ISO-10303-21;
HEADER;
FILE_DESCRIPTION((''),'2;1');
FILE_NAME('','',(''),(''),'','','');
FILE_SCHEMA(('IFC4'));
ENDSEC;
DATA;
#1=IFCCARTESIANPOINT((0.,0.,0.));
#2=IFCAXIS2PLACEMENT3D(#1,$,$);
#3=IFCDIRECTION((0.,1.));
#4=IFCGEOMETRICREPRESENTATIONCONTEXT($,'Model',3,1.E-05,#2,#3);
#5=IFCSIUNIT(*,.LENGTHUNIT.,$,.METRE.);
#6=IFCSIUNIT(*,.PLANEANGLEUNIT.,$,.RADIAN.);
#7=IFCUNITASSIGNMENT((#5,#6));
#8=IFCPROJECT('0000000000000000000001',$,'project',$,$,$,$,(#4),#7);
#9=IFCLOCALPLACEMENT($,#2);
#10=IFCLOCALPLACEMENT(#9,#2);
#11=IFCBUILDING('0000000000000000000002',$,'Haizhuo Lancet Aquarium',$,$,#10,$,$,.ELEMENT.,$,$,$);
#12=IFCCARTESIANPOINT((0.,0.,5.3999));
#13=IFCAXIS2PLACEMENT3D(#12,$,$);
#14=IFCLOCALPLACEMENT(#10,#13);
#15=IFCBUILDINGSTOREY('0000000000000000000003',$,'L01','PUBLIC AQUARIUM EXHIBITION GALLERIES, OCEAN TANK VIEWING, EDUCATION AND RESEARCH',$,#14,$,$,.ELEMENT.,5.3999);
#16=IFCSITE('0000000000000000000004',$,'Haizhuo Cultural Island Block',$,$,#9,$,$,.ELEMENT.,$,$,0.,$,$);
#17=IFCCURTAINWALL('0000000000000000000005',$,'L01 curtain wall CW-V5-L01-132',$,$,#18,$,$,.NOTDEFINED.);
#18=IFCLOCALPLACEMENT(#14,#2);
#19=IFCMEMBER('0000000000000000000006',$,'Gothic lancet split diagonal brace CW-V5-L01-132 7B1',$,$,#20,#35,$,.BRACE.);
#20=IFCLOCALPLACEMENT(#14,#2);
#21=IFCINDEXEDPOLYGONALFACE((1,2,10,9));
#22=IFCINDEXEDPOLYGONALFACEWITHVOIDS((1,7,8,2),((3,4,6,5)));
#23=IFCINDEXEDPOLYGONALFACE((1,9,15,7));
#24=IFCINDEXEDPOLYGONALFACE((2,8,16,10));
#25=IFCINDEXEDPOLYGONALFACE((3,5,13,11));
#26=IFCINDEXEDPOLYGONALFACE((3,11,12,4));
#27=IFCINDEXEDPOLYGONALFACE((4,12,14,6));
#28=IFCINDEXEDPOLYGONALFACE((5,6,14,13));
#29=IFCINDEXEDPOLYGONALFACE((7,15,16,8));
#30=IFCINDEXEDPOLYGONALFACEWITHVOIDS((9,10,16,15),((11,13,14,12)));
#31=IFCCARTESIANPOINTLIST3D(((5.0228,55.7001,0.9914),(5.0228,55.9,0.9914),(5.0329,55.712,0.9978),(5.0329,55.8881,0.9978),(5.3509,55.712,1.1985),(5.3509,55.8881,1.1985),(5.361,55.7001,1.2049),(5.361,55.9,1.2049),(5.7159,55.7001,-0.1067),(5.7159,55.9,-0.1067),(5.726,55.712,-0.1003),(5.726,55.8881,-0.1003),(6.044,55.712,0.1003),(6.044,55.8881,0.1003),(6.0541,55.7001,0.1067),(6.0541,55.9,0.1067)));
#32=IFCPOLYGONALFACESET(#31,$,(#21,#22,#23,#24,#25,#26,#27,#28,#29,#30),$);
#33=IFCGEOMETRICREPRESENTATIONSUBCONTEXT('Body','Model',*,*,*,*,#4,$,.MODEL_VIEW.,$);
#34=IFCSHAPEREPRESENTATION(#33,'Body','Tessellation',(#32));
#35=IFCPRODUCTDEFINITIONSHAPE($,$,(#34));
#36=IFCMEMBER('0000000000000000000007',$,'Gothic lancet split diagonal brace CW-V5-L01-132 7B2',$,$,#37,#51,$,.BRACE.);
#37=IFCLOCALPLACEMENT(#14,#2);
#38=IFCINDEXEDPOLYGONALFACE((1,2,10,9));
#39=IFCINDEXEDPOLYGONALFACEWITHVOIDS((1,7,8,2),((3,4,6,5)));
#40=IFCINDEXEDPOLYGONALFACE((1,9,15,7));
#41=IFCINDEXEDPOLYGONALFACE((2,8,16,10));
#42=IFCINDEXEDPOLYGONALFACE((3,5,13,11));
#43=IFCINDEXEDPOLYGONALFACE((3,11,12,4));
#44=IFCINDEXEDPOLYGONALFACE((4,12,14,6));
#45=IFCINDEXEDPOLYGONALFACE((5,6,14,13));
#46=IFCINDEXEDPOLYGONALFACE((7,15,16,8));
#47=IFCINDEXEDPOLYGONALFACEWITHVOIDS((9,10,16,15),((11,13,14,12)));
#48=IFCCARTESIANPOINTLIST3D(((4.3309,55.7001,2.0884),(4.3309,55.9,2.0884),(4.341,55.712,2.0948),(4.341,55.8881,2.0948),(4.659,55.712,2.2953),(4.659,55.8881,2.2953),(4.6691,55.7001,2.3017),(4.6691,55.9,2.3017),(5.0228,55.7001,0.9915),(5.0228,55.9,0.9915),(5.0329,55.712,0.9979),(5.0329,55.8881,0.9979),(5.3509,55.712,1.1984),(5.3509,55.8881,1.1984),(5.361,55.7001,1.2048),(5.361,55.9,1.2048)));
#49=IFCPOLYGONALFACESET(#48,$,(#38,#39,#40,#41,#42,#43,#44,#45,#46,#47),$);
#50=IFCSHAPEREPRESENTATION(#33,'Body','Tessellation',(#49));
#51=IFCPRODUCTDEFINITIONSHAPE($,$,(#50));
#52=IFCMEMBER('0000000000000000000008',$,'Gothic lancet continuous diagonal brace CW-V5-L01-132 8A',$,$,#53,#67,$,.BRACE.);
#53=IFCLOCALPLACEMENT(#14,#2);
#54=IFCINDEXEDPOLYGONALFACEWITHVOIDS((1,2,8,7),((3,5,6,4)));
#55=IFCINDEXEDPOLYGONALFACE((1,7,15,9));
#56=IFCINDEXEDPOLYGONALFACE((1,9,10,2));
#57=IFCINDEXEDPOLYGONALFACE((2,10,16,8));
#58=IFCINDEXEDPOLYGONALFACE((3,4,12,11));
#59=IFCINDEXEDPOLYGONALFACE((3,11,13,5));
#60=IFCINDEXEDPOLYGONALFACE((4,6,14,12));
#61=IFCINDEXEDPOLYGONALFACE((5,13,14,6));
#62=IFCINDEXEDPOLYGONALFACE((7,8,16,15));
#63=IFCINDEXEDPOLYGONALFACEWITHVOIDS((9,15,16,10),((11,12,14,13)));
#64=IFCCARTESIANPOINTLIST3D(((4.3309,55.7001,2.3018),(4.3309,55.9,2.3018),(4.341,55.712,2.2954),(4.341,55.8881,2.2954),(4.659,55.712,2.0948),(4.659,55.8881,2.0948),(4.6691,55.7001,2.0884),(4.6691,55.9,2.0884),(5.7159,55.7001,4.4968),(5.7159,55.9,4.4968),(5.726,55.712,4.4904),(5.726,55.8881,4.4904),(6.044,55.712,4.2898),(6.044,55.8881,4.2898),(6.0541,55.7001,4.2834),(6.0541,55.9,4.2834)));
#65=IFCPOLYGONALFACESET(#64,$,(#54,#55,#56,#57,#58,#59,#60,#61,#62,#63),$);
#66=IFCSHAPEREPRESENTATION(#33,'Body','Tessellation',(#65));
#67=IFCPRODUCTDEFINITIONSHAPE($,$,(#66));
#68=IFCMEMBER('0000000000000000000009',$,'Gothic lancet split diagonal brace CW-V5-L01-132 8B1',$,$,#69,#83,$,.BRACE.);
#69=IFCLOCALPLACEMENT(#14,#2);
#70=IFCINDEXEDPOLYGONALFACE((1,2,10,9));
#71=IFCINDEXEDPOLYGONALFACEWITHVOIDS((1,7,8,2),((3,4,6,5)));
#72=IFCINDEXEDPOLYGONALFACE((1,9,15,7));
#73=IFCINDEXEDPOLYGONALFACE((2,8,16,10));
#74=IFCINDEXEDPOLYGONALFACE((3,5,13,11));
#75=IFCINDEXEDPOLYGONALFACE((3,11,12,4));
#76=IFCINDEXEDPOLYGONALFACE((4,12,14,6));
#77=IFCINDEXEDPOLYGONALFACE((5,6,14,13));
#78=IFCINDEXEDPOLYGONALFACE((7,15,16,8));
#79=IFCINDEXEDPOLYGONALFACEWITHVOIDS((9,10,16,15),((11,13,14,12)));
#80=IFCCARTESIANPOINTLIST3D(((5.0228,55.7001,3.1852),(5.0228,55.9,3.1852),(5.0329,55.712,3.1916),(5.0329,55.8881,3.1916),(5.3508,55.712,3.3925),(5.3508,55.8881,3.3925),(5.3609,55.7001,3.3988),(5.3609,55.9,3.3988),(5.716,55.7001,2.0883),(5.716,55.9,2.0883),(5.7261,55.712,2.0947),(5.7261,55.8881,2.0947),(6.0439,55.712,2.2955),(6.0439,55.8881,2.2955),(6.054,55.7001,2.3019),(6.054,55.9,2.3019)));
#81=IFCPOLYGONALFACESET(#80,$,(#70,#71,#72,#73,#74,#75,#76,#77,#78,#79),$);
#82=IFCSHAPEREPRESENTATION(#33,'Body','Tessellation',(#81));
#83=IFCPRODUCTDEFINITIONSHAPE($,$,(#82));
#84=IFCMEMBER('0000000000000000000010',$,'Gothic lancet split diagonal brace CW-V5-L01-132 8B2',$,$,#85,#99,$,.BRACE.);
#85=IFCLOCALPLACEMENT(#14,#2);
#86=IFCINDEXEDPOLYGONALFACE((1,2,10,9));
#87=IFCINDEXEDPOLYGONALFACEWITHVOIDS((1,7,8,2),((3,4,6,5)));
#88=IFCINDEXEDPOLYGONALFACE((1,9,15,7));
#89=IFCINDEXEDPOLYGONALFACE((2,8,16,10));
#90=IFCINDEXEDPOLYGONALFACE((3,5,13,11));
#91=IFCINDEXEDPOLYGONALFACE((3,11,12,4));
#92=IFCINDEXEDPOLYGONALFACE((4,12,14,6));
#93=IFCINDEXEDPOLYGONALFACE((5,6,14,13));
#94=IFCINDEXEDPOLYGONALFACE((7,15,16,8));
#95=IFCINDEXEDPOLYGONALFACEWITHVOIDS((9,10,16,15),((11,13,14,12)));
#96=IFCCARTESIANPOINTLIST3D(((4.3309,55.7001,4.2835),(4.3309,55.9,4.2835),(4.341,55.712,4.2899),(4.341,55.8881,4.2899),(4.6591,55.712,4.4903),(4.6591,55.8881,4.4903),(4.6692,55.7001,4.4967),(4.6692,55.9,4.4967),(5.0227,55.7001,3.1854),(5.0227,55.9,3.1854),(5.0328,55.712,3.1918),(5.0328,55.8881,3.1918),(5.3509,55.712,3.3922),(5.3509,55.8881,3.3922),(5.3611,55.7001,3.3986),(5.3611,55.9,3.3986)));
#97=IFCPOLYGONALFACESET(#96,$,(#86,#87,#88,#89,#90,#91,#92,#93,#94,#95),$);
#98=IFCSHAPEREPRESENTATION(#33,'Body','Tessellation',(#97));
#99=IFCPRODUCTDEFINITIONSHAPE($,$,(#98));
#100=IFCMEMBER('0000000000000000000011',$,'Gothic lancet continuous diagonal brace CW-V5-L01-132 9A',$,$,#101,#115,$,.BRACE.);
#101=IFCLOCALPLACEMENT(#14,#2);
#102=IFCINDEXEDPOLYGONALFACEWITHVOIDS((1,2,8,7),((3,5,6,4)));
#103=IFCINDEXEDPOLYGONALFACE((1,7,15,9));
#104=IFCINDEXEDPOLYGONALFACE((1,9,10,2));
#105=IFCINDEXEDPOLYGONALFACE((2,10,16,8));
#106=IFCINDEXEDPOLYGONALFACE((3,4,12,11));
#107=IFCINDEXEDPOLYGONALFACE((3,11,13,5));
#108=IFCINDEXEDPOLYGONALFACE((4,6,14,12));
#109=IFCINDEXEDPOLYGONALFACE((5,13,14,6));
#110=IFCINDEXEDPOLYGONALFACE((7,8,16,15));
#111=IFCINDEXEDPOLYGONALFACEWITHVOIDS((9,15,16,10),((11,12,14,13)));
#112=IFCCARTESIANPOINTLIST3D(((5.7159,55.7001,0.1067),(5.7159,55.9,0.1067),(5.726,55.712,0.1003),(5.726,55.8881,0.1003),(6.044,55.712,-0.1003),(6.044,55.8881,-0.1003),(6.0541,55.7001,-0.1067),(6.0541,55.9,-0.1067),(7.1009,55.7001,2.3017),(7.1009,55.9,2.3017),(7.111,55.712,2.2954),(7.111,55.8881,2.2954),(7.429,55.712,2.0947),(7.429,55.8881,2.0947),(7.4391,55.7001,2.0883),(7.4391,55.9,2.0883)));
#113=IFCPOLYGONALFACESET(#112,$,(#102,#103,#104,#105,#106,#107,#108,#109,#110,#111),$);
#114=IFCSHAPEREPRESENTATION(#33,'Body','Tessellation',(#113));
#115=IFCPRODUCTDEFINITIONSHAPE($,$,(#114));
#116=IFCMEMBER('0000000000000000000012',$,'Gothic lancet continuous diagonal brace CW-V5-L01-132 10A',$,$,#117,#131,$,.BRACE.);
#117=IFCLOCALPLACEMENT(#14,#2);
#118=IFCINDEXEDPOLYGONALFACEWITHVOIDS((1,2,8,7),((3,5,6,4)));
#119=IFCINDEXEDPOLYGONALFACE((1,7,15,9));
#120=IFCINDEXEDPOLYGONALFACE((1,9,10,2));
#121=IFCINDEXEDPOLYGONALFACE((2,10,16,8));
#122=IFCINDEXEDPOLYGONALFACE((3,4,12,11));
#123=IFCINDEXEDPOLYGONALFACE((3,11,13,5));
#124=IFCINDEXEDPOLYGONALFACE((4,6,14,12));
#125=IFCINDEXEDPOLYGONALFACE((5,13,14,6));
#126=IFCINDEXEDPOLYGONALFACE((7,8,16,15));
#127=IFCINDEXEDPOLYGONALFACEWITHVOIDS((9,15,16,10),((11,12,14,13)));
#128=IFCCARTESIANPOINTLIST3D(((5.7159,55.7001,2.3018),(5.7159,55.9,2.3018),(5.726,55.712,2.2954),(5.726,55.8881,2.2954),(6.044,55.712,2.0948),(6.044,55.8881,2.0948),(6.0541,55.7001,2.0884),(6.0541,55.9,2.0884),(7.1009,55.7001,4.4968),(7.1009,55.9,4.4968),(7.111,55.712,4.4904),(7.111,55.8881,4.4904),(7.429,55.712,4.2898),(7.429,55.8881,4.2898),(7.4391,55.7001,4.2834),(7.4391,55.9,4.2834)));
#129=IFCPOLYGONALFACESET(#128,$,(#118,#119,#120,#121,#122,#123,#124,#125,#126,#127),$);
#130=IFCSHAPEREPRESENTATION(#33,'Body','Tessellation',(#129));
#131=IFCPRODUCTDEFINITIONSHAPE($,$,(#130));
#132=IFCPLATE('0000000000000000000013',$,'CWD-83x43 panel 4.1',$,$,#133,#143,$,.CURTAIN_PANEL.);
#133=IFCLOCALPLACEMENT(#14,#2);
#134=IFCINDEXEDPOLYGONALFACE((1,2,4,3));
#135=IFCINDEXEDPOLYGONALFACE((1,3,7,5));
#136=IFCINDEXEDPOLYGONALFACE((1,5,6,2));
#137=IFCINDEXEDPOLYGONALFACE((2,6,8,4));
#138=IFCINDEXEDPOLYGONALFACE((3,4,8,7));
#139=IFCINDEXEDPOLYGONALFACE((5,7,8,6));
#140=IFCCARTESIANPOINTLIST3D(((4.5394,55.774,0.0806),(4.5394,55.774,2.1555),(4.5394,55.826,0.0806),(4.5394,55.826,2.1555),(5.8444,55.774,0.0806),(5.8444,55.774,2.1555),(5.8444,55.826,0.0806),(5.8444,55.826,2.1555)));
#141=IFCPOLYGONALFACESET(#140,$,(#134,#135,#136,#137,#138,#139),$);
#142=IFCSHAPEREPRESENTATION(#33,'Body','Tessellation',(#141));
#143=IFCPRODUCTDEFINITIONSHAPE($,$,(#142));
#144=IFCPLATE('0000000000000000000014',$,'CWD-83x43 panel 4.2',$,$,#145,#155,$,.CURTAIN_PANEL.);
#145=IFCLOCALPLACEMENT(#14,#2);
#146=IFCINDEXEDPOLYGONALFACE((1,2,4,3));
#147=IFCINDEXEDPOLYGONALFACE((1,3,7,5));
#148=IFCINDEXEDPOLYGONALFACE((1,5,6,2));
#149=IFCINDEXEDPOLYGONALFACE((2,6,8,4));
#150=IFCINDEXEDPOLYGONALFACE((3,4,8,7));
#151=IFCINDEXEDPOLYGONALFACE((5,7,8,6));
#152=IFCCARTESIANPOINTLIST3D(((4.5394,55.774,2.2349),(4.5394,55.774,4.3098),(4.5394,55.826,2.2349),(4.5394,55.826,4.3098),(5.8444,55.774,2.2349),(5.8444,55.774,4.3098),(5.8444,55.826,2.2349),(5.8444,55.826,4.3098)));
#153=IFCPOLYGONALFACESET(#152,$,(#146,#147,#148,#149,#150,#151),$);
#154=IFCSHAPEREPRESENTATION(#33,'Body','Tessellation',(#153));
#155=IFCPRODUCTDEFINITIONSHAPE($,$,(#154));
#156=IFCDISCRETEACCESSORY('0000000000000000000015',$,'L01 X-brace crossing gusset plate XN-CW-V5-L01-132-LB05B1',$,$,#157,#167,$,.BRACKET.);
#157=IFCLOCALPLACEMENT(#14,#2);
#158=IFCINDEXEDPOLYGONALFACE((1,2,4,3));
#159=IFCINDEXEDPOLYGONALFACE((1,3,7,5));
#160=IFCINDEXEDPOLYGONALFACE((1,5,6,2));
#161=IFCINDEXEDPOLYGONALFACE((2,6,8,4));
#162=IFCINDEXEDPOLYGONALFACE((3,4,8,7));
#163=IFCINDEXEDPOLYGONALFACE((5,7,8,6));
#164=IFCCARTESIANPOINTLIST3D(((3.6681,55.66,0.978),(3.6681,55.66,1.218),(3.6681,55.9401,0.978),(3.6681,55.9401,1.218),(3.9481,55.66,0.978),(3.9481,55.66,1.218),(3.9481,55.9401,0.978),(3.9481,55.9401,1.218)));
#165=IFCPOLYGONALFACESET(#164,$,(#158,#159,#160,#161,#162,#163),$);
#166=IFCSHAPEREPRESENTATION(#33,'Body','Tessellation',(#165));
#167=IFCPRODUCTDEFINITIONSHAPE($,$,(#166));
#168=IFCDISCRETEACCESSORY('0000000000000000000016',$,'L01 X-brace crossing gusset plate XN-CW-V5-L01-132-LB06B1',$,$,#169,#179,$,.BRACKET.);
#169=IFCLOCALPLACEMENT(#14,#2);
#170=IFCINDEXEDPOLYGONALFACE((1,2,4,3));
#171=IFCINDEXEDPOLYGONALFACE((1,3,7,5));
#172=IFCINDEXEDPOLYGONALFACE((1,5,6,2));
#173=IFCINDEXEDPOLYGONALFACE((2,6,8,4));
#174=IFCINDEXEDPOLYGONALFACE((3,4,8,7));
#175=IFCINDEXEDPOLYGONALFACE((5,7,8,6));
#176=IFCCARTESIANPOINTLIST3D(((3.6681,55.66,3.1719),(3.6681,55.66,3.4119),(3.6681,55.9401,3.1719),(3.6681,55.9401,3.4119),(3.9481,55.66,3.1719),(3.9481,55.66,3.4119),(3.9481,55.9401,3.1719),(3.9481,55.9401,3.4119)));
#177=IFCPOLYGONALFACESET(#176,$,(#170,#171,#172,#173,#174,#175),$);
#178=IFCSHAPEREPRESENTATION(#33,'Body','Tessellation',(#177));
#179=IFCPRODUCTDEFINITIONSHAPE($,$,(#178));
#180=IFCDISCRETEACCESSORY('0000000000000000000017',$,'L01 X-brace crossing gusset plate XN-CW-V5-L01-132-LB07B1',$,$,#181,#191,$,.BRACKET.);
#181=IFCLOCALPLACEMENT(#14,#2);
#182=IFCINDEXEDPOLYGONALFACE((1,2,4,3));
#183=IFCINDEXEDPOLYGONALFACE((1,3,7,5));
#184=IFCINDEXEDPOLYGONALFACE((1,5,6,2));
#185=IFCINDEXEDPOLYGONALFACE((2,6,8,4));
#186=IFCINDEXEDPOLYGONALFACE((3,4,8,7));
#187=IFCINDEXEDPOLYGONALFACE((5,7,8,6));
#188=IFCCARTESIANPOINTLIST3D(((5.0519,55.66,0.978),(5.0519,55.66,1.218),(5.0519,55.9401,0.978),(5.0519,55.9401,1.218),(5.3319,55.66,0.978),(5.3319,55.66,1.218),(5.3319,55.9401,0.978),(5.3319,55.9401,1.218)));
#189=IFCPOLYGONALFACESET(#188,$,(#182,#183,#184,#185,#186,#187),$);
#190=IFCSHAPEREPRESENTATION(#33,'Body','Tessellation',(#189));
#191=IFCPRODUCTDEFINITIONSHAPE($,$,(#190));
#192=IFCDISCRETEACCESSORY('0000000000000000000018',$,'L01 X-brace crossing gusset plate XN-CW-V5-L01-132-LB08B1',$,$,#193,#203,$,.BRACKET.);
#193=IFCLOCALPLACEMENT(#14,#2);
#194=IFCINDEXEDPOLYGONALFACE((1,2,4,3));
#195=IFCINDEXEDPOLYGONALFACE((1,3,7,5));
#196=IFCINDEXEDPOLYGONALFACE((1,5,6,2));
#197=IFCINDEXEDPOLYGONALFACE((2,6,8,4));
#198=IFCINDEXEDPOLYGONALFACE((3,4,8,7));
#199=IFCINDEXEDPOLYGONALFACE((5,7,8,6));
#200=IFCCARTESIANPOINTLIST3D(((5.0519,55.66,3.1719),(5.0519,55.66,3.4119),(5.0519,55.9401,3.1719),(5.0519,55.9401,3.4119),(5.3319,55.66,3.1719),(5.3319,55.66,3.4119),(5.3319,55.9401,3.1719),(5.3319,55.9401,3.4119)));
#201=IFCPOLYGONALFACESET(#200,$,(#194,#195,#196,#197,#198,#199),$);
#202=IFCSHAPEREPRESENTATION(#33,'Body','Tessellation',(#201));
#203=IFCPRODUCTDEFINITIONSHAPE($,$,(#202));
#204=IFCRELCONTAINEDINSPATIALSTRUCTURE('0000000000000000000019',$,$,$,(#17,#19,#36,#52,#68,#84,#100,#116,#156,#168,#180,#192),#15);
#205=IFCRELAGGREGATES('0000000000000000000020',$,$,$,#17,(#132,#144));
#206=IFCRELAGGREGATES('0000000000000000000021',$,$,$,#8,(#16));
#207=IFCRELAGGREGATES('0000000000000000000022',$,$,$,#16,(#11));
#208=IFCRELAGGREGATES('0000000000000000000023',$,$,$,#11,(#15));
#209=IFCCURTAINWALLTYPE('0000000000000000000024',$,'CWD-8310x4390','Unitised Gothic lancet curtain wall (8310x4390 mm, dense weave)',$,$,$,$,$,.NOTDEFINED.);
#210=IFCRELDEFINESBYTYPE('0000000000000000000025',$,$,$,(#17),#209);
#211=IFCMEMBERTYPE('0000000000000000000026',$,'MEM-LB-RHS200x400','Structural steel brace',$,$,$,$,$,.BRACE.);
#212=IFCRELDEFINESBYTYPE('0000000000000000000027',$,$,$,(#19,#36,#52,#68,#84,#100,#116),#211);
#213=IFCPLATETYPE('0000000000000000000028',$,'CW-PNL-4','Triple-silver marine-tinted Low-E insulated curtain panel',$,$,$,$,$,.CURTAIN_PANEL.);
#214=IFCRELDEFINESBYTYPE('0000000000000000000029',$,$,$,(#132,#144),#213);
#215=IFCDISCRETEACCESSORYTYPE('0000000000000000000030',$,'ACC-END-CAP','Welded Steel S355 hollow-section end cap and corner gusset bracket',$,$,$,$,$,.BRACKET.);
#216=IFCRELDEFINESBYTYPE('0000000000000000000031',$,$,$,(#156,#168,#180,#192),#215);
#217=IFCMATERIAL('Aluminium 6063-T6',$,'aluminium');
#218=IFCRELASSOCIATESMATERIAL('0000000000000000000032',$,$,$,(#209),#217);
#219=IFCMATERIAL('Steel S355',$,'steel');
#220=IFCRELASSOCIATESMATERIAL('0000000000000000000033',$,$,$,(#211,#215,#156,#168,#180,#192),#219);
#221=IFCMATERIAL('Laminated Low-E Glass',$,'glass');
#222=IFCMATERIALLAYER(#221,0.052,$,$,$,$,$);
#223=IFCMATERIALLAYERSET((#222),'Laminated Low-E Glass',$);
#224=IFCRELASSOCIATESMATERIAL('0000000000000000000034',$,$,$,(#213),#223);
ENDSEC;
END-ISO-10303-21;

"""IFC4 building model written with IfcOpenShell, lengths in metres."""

from ifc_helpers import new_model, si_unit, direction, frame, origin, origin_2d, place, context, subcontext, project, spatial, rectangle, hollow_rectangle, extrude, material, layer, layer_set, material_profile, profile_set, type_object, element, aggregate, save


model = new_model("IFC4")

# Units and contexts
model_context = context("Model", 3, precision=1e-05, world=origin(), true_north=direction((0.0, 1.0)))
body_context = subcontext(model_context, "Body", "Model", "MODEL_VIEW")
ifc_project = project(units=[si_unit("LENGTHUNIT", "METRE"), si_unit("PLANEANGLEUNIT", "RADIAN")], contexts=[model_context])

# Site, building, storey
site_placement = place(None, origin())
site = spatial("IfcSite", under=ifc_project, at=site_placement, Name="Haizhuo Cultural Island Block", CompositionType="ELEMENT", RefElevation=0.0)
building_placement = place(site_placement, origin())
building = spatial("IfcBuilding", under=site, at=building_placement, Name="Haizhuo Lancet Aquarium", CompositionType="ELEMENT")
storey_placement = place(building_placement, frame((0.0, 0.0, 5.3999)))
storey = spatial("IfcBuildingStorey", under=building, at=storey_placement, Name="L01", Description="PUBLIC AQUARIUM EXHIBITION GALLERIES, OCEAN TANK VIEWING, EDUCATION AND RESEARCH", CompositionType="ELEMENT", Elevation=5.3999)

# Curtain wall
ifc_material_1 = material(Name="Aluminium 6063-T6", Category="aluminium")
curtain_wall_type = type_object("IfcCurtainWallType", Name="CWD-8310x4390", Description="Unitised Gothic lancet curtain wall (8310x4390 mm, dense weave)", PredefinedType="NOTDEFINED", material=ifc_material_1)
curtain_wall_placement = place(storey_placement, origin())
curtain_wall = element("IfcCurtainWall", 1, at=curtain_wall_placement, inside=storey, type_object=curtain_wall_type, Name="L01 curtain wall CW-V5-L01-132", PredefinedType="NOTDEFINED")

# Members
ifc_material_2 = material(Name="Steel S355", Category="steel")
ifc_material_profile_1 = material_profile(ifc_material_2, hollow_rectangle(XDim=0.2, YDim=0.3999, WallThickness=0.012, at=origin_2d()), Name="RHS 200x400x12")
ifc_profile_set_1 = profile_set([ifc_material_profile_1], Name="Steel S355")
member_type_1 = type_object("IfcMemberType", Name="MEM-LB-RHS200x400", Description="Structural steel brace", PredefinedType="BRACE", material=ifc_profile_set_1)
member_1_placement = place(storey_placement, frame((5.885, 55.8, 0.0), z_axis=(-0.533745, 0.0, 0.845645), x_axis=(0.0, -1.0, 0.0)))
element("IfcMember", 2, at=member_1_placement, inside=storey, type_object=member_type_1, Name="Gothic lancet split diagonal brace CW-V5-L01-132 7B1", PredefinedType="BRACE", context=body_context, shape_type="SweptSolid", body=[
    extrude(hollow_rectangle(XDim=0.2, YDim=0.3999, WallThickness=0.012, at=origin_2d()), origin(), (0.0, 0.0, 1.0), 1.2986),
])
member_2_placement = place(storey_placement, frame((5.1919, 55.8, 1.0981), z_axis=(-0.533497, 0.0, 0.845802), x_axis=(0.0, -1.0, 0.0)))
element("IfcMember", 3, at=member_2_placement, inside=storey, type_object=member_type_1, Name="Gothic lancet split diagonal brace CW-V5-L01-132 7B2", PredefinedType="BRACE", context=body_context, shape_type="SweptSolid", body=[
    extrude(hollow_rectangle(XDim=0.2, YDim=0.3999, WallThickness=0.012, at=origin_2d()), origin(), (0.0, 0.0, 1.0), 1.2969),
])
member_3_placement = place(storey_placement, frame((4.5, 55.8, 2.1951), z_axis=(0.533621, 0.0, 0.845724), x_axis=(0.0, 1.0, 0.0)))
element("IfcMember", 4, at=member_3_placement, inside=storey, type_object=member_type_1, Name="Gothic lancet continuous diagonal brace CW-V5-L01-132 8A", PredefinedType="BRACE", context=body_context, shape_type="SweptSolid", body=[
    extrude(hollow_rectangle(XDim=0.2, YDim=0.3999, WallThickness=0.012, at=origin_2d()), origin(), (0.0, 0.0, 1.0), 2.5955),
])
member_4_placement = place(storey_placement, frame((5.885, 55.8, 2.1951), z_axis=(-0.53417, 0.0, 0.845377), x_axis=(0.0, -1.0, 0.0)))
element("IfcMember", 5, at=member_4_placement, inside=storey, type_object=member_type_1, Name="Gothic lancet split diagonal brace CW-V5-L01-132 8B1", PredefinedType="BRACE", context=body_context, shape_type="SweptSolid", body=[
    extrude(hollow_rectangle(XDim=0.2, YDim=0.3999, WallThickness=0.012, at=origin_2d()), origin(), (0.0, 0.0, 1.0), 1.2976),
])
member_5_placement = place(storey_placement, frame((5.1919, 55.8, 3.292), z_axis=(-0.533073, 0.0, 0.846069), x_axis=(0.0, -1.0, 0.0)))
element("IfcMember", 6, at=member_5_placement, inside=storey, type_object=member_type_1, Name="Gothic lancet split diagonal brace CW-V5-L01-132 8B2", PredefinedType="BRACE", context=body_context, shape_type="SweptSolid", body=[
    extrude(hollow_rectangle(XDim=0.2, YDim=0.3999, WallThickness=0.012, at=origin_2d()), origin(), (0.0, 0.0, 1.0), 1.2979),
])
for number, where, z_axis, x_axis, name in (
    (7, (5.885, 55.8, 0.0), (0.533621, 0.0, 0.845724), (0.0, 1.0, 0.0), "Gothic lancet continuous diagonal brace CW-V5-L01-132 9A"),
    (8, (5.885, 55.8, 2.1951), (0.533621, 0.0, 0.845724), (0.0, 1.0, 0.0), "Gothic lancet continuous diagonal brace CW-V5-L01-132 10A"),
):
    element("IfcMember", number, at=place(storey_placement, frame(where, z_axis=z_axis, x_axis=x_axis)), inside=storey, type_object=member_type_1, Name=name, PredefinedType="BRACE", context=body_context, shape_type="SweptSolid", body=[
        extrude(hollow_rectangle(XDim=0.2, YDim=0.3999, WallThickness=0.012, at=origin_2d()), origin(), (0.0, 0.0, 1.0), 2.5955),
    ])

# Plates
ifc_material_3 = material(Name="Laminated Low-E Glass", Category="glass")
ifc_layer = layer(ifc_material_3, 0.052)
ifc_layer_set = layer_set([ifc_layer], Name="Laminated Low-E Glass")
plate_type = type_object("IfcPlateType", Name="CW-PNL-4", Description="Triple-silver marine-tinted Low-E insulated curtain panel", PredefinedType="CURTAIN_PANEL", material=ifc_layer_set)
plate_1_placement = place(storey_placement, frame((5.1919, 55.8, 0.0806), z_axis=(0.0, 0.0, 1.0), x_axis=(1.0, 0.0, 0.0)))
plate_1 = element("IfcPlate", 9, at=plate_1_placement, type_object=plate_type, Name="CWD-83x43 panel 4.1", PredefinedType="CURTAIN_PANEL", context=body_context, shape_type="SweptSolid", body=[
    extrude(rectangle(XDim=1.3049, YDim=0.052, at=origin_2d()), origin(), (0.0, 0.0, 1.0), 2.075),
])
plate_2_placement = place(storey_placement, frame((5.1919, 55.8, 2.2349), z_axis=(0.0, 0.0, 1.0), x_axis=(1.0, 0.0, 0.0)))
plate_2 = element("IfcPlate", 10, at=plate_2_placement, type_object=plate_type, Name="CWD-83x43 panel 4.2", PredefinedType="CURTAIN_PANEL", context=body_context, shape_type="SweptSolid", body=[
    extrude(rectangle(XDim=1.3049, YDim=0.052, at=origin_2d()), origin(), (0.0, 0.0, 1.0), 2.075),
])
aggregate(curtain_wall, [plate_1, plate_2])

# Discrete accessories
discrete_accessory_type = type_object("IfcDiscreteAccessoryType", Name="ACC-END-CAP", Description="Welded Steel S355 hollow-section end cap and corner gusset bracket", PredefinedType="BRACKET", material=ifc_material_2)
for number, where, z_axis, x_axis, name in (
    (11, (3.8081, 55.8, 0.978), (0.0, 0.0, 1.0), (1.0, 0.0, 0.0), "L01 X-brace crossing gusset plate XN-CW-V5-L01-132-LB05B1"),
    (12, (3.8081, 55.8, 3.1719), (0.0, 0.0, 1.0), (1.0, 0.0, 0.0), "L01 X-brace crossing gusset plate XN-CW-V5-L01-132-LB06B1"),
    (13, (5.1919, 55.8, 0.978), (0.0, 0.0, 1.0), (1.0, 0.0, 0.0), "L01 X-brace crossing gusset plate XN-CW-V5-L01-132-LB07B1"),
    (14, (5.1919, 55.8, 3.1719), (0.0, 0.0, 1.0), (1.0, 0.0, 0.0), "L01 X-brace crossing gusset plate XN-CW-V5-L01-132-LB08B1"),
):
    element("IfcDiscreteAccessory", number, at=place(storey_placement, frame(where, z_axis=z_axis, x_axis=x_axis)), inside=storey, type_object=discrete_accessory_type, material=ifc_material_2, Name=name, PredefinedType="BRACKET", context=body_context, shape_type="SweptSolid", body=[
        extrude(rectangle(XDim=0.28, YDim=0.28, at=origin_2d()), origin(), (0.0, 0.0, 1.0), 0.24),
    ])

save(model, "model.ifc")
